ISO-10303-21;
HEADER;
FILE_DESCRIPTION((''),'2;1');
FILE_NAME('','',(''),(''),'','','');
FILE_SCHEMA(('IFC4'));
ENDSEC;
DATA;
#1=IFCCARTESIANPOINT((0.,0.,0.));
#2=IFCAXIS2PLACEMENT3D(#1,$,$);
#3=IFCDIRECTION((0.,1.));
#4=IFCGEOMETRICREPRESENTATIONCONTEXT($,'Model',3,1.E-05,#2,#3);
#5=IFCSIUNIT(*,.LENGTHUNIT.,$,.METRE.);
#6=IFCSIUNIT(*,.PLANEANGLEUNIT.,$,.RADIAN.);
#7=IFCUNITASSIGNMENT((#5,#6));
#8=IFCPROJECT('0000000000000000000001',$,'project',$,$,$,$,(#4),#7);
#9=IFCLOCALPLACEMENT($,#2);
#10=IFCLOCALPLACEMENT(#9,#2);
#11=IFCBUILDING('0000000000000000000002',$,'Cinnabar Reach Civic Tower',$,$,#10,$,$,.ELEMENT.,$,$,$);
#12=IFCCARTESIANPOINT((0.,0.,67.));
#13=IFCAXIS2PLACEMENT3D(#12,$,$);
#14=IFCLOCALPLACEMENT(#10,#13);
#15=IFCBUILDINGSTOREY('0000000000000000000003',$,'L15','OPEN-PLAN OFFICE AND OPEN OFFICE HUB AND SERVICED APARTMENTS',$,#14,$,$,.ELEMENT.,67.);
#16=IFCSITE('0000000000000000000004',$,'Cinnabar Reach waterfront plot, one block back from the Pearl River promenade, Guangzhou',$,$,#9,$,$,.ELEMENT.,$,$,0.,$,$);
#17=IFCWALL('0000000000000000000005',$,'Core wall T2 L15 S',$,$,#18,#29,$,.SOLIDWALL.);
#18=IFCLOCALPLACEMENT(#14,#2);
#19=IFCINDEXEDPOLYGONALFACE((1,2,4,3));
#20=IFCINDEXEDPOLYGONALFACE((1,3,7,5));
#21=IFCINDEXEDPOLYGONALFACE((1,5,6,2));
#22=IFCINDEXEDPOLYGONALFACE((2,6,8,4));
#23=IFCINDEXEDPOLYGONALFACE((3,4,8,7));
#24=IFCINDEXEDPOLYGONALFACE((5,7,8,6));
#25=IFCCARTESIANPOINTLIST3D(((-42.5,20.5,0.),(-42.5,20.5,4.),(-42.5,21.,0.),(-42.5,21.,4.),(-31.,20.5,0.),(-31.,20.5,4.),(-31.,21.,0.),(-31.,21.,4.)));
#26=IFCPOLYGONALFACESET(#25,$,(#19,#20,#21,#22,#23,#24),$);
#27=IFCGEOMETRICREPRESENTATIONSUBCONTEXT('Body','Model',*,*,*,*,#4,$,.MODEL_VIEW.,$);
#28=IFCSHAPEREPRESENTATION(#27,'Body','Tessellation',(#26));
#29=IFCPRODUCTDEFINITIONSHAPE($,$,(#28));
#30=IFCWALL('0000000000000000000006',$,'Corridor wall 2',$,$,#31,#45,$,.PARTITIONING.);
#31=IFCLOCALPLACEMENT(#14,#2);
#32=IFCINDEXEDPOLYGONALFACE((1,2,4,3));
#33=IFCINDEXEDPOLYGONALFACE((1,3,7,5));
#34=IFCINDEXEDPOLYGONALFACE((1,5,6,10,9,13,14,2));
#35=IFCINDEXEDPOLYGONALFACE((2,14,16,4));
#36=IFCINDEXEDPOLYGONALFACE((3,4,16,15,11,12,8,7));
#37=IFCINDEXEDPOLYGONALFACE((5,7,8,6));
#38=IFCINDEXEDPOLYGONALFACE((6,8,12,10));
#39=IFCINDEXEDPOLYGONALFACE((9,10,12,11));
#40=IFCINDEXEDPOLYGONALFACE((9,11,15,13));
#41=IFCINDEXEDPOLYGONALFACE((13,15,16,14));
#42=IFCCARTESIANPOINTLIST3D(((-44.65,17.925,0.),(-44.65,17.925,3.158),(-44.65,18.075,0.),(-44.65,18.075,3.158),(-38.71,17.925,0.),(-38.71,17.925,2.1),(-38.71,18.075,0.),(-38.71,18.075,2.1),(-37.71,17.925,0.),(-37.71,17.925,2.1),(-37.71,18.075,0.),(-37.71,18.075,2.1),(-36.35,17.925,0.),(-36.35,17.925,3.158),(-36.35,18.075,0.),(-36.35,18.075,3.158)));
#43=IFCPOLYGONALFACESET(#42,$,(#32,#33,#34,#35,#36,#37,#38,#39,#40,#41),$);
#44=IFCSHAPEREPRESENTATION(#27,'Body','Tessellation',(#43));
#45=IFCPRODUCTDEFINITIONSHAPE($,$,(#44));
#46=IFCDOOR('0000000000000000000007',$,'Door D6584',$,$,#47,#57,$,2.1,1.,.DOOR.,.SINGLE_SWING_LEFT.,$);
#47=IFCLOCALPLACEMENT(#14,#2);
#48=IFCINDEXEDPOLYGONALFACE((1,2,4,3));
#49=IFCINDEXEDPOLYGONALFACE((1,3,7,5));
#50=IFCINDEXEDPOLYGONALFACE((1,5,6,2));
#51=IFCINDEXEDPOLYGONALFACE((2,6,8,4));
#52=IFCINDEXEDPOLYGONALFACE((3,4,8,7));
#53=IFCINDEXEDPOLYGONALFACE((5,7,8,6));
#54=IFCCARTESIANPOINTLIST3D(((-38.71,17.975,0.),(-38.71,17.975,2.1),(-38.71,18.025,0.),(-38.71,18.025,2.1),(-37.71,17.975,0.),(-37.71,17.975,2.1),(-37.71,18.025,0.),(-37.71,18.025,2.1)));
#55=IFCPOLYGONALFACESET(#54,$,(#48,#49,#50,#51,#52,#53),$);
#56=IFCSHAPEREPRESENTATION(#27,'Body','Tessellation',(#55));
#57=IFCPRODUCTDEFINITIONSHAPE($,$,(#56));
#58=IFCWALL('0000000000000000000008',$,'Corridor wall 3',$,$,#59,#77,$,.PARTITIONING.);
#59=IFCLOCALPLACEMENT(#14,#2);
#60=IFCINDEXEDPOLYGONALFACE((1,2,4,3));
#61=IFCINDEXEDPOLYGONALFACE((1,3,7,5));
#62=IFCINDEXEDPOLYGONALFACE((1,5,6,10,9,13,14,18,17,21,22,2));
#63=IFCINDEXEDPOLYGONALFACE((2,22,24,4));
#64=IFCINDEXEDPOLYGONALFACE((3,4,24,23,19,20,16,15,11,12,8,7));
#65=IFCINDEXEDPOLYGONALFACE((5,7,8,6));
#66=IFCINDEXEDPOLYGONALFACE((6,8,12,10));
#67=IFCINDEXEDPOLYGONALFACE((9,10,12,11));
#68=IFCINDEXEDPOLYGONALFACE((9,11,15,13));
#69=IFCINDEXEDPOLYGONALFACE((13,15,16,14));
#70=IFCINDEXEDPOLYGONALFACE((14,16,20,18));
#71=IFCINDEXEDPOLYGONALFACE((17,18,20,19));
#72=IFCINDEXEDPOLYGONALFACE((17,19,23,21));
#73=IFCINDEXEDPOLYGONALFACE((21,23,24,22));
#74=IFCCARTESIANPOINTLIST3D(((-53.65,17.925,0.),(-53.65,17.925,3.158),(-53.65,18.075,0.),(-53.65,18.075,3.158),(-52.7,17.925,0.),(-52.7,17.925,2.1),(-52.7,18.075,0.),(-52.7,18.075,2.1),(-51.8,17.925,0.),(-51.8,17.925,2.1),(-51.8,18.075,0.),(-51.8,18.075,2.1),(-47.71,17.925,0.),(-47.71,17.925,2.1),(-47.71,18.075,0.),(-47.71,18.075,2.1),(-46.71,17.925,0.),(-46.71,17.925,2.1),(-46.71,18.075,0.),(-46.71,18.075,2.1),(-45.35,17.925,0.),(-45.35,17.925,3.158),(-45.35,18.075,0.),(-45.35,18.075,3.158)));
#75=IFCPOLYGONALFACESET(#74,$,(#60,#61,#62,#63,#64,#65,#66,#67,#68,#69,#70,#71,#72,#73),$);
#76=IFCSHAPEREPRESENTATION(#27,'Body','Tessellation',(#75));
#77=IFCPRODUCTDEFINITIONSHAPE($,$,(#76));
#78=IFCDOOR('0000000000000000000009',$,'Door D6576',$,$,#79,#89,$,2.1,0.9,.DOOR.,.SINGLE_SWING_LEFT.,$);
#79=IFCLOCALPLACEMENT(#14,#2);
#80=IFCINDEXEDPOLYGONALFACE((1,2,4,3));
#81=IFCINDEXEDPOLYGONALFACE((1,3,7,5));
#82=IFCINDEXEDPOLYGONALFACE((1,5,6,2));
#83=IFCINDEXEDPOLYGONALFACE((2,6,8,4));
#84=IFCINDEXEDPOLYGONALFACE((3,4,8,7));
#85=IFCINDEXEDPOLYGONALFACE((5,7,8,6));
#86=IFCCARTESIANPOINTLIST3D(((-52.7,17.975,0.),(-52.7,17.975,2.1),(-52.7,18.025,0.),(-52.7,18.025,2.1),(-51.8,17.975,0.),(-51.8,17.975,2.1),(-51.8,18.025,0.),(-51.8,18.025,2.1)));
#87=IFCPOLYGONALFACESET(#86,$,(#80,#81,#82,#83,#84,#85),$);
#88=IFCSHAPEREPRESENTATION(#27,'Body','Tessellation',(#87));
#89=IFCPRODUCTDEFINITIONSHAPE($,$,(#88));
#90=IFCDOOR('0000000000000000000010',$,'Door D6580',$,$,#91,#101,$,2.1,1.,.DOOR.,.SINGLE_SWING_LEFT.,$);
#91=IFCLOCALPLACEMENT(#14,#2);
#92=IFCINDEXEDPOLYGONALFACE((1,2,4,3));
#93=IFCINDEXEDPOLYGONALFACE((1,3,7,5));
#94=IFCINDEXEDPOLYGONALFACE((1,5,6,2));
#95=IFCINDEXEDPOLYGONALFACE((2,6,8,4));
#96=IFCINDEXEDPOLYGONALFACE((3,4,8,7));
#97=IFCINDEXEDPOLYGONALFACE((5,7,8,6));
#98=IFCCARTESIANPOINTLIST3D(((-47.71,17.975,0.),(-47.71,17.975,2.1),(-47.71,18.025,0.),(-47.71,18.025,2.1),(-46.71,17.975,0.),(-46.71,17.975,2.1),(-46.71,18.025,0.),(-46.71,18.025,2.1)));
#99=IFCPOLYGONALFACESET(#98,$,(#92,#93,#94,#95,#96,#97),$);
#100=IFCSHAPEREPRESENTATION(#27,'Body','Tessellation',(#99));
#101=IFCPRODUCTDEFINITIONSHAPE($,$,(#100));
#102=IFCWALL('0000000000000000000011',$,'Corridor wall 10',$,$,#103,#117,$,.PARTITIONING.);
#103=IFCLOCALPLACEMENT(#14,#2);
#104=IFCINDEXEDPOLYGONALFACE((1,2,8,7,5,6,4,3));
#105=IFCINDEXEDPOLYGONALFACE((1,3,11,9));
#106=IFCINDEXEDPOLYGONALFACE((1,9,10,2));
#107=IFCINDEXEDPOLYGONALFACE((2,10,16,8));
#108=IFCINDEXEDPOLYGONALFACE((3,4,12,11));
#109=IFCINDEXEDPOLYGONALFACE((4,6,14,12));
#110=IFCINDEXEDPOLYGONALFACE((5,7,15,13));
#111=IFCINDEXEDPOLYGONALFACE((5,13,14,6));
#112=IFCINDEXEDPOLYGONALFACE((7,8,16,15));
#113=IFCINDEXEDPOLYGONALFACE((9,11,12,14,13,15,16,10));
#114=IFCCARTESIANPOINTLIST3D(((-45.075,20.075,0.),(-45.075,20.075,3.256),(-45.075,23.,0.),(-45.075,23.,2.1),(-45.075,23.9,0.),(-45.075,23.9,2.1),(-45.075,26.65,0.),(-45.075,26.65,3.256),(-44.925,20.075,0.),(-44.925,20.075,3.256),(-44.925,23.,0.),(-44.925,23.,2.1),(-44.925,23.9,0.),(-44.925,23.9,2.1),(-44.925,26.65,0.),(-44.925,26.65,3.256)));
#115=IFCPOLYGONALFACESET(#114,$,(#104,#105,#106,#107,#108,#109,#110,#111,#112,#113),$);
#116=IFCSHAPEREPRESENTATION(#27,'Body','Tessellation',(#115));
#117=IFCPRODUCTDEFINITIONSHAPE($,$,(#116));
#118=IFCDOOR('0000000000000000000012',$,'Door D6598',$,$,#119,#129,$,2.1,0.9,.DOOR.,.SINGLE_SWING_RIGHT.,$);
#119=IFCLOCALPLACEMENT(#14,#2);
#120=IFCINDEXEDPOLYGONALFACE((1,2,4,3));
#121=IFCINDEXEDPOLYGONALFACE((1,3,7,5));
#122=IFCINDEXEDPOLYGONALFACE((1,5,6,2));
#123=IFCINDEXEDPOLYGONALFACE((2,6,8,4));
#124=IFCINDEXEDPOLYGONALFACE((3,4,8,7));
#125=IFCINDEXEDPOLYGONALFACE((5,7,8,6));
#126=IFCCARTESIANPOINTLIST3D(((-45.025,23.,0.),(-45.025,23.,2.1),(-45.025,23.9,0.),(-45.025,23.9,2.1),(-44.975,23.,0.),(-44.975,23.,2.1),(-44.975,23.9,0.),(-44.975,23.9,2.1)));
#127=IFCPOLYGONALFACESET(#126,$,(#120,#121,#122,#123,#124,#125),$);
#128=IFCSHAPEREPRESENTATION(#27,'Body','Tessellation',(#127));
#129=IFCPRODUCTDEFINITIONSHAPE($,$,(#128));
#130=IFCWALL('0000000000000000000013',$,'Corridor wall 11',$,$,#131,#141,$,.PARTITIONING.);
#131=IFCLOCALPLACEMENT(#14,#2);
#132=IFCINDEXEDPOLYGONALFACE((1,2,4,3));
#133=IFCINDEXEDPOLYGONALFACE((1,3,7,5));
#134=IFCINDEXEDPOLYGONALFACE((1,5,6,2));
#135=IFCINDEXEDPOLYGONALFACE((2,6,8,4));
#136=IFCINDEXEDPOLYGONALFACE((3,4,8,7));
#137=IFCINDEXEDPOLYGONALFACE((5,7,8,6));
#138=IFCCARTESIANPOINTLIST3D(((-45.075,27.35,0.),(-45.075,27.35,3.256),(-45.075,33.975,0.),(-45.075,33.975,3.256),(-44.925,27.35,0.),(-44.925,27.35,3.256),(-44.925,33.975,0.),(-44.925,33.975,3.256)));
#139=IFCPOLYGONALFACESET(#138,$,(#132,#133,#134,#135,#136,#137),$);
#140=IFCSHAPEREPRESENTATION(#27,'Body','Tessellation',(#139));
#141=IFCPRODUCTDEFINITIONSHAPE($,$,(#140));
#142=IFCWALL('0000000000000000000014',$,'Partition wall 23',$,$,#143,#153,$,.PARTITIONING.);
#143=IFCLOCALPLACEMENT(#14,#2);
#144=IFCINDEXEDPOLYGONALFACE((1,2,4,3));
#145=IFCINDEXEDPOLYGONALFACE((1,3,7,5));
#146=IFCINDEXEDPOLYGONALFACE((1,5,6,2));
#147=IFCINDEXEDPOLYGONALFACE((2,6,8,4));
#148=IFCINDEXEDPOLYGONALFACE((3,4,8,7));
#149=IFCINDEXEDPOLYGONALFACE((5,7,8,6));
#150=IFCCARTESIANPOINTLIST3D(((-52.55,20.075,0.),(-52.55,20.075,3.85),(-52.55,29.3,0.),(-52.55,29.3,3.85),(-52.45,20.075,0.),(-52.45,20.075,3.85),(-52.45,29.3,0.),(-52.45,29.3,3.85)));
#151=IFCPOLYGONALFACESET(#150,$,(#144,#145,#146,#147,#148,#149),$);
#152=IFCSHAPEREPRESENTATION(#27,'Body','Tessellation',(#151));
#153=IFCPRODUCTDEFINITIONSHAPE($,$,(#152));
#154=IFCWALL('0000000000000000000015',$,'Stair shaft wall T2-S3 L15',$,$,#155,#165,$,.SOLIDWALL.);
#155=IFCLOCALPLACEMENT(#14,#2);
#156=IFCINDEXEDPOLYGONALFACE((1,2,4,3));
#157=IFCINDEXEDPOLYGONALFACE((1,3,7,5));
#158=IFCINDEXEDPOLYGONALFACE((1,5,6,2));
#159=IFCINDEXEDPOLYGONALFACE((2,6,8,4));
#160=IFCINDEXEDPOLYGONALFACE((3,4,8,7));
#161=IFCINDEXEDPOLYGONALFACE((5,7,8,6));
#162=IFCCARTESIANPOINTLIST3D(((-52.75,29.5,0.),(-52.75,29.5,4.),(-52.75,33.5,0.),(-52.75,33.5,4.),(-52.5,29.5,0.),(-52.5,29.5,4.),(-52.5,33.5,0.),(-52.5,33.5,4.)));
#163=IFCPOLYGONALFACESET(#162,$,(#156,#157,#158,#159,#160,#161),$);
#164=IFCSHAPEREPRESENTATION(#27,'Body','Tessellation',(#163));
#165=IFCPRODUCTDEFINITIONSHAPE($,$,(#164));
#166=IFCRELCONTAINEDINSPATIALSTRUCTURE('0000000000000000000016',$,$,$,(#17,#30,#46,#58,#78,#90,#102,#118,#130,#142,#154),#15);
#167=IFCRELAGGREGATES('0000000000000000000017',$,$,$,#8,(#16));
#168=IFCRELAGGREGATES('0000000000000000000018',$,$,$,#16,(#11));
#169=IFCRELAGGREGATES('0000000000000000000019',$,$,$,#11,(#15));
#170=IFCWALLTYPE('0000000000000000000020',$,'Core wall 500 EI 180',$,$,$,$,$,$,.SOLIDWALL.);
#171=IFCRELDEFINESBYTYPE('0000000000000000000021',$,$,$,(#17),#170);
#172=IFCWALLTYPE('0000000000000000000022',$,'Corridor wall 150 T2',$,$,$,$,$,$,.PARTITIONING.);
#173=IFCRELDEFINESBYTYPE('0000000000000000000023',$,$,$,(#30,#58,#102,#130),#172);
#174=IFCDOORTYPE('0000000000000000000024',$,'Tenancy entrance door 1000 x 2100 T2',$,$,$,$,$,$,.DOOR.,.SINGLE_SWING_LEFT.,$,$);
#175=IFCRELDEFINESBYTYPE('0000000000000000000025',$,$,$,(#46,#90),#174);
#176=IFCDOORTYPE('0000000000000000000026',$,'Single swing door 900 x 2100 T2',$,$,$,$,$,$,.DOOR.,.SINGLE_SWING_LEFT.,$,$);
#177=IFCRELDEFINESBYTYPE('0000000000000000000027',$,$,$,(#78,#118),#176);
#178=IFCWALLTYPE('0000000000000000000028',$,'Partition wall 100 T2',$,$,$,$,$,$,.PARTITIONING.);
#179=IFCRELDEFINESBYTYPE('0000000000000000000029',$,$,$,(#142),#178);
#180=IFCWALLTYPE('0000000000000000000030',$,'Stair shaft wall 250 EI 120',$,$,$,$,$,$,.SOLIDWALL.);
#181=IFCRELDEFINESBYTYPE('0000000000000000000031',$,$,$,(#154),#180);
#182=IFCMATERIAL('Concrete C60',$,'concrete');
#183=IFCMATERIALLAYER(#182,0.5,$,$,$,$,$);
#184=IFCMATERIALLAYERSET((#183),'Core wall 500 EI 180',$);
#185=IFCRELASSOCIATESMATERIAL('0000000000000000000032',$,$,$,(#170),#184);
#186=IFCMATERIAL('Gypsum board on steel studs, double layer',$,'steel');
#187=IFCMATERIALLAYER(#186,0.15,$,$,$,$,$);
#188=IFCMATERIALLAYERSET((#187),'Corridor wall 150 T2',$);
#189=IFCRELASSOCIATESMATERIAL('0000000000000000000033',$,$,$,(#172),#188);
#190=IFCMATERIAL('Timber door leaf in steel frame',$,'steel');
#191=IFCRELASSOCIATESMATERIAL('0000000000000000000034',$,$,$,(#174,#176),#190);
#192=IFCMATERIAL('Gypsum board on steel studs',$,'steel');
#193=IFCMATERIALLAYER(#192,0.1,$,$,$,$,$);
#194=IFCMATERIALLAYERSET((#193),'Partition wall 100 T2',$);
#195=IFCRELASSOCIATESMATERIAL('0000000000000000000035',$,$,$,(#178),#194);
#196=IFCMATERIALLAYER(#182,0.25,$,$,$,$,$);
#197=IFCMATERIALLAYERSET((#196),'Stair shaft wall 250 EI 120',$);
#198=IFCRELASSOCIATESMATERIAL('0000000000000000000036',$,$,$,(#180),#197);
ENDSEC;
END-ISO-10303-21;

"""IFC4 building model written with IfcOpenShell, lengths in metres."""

from ifc_helpers import new_model, si_unit, direction, frame, frame_2d, origin, place, context, subcontext, project, spatial, rectangle, extrude, material, layer, layer_set, type_object, element, fill, save


model = new_model("IFC4")

# Units and contexts
model_context = context("Model", 3, precision=1e-05, world=origin(), true_north=direction((0.0, 1.0)))
body_context = subcontext(model_context, "Body", "Model", "MODEL_VIEW")
ifc_project = project(units=[si_unit("LENGTHUNIT", "METRE"), si_unit("PLANEANGLEUNIT", "RADIAN")], contexts=[model_context])

# Site, building, storey
site_placement = place(None, origin())
site = spatial("IfcSite", under=ifc_project, at=site_placement, Name="Cinnabar Reach waterfront plot, one block back from the Pearl River promenade, Guangzhou", CompositionType="ELEMENT", RefElevation=0.0)
building_placement = place(site_placement, origin())
building = spatial("IfcBuilding", under=site, at=building_placement, Name="Cinnabar Reach Civic Tower", CompositionType="ELEMENT")
storey_placement = place(building_placement, frame((0.0, 0.0, 67.0)))
storey = spatial("IfcBuildingStorey", under=building, at=storey_placement, Name="L15", Description="OPEN-PLAN OFFICE AND OPEN OFFICE HUB AND SERVICED APARTMENTS", CompositionType="ELEMENT", Elevation=67.0)

# Shared definitions
ifc_material_1 = material(Name="Concrete C60", Category="concrete")

# Wall
ifc_layer_1 = layer(ifc_material_1, 0.5)
ifc_layer_set_1 = layer_set([ifc_layer_1], Name="Core wall 500 EI 180")
wall_type_1 = type_object("IfcWallType", Name="Core wall 500 EI 180", PredefinedType="SOLIDWALL", material=ifc_layer_set_1)
wall_1_placement = place(storey_placement, frame((-42.5, 20.75, 0.0), z_axis=(0.0, 0.0, 1.0), x_axis=(1.0, 0.0, 0.0)))
element("IfcWall", 1, at=wall_1_placement, inside=storey, type_object=wall_type_1, Name="Core wall T2 L15 S", PredefinedType="SOLIDWALL", context=body_context, shape_type="SweptSolid", body=[
    extrude(rectangle(XDim=11.5, YDim=0.5, at=frame_2d((5.75, 0.0))), origin(), (0.0, 0.0, 1.0), 4.0),
])

# Wall, opening, door
ifc_material_2 = material(Name="Gypsum board on steel studs, double layer", Category="steel")
ifc_layer_2 = layer(ifc_material_2, 0.15)
ifc_layer_set_2 = layer_set([ifc_layer_2], Name="Corridor wall 150 T2")
wall_type_2 = type_object("IfcWallType", Name="Corridor wall 150 T2", PredefinedType="PARTITIONING", material=ifc_layer_set_2)
wall_2_placement = place(storey_placement, frame((-44.65, 18.0, 0.0), z_axis=(0.0, 0.0, 1.0), x_axis=(1.0, 0.0, 0.0)))
wall_2 = element("IfcWall", 2, at=wall_2_placement, inside=storey, type_object=wall_type_2, Name="Corridor wall 2", PredefinedType="PARTITIONING", context=body_context, shape_type="SweptSolid", body=[
    extrude(rectangle(XDim=8.3, YDim=0.15, at=frame_2d((4.15, 0.0))), origin(), (0.0, 0.0, 1.0), 3.158),
])
opening_1_placement = place(wall_2_placement, frame((5.94, 0.0, 0.0)))
opening_1 = element("IfcOpeningElement", 3, at=opening_1_placement, cuts=wall_2, PredefinedType="OPENING", context=body_context, shape_type="SweptSolid", body=[
    extrude(rectangle(XDim=1.0, YDim=2.1, at=frame_2d((0.5, 1.05))), frame((0.0, 0.085, 0.0), z_axis=(0.0, -1.0, 0.0), x_axis=(1.0, 0.0, 0.0)), (0.0, 0.0, 1.0), 0.17),
])
ifc_material_3 = material(Name="Timber door leaf in steel frame", Category="steel")
door_type_1 = type_object("IfcDoorType", Name="Tenancy entrance door 1000 x 2100 T2", OperationType="SINGLE_SWING_LEFT", PredefinedType="DOOR", material=ifc_material_3)
door_1_placement = place(opening_1_placement, frame((1.0, 0.0, 0.0), z_axis=(0.0, 0.0, 1.0), x_axis=(-1.0, 0.0, 0.0)))
door_1 = element("IfcDoor", 4, at=door_1_placement, inside=storey, type_object=door_type_1, Name="Door D6584", OperationType="SINGLE_SWING_LEFT", OverallHeight=2.1, OverallWidth=1.0, PredefinedType="DOOR", context=body_context, shape_type="SweptSolid", body=[
    extrude(rectangle(XDim=1.0, YDim=2.1, at=frame_2d((0.5, 1.05))), frame((0.0, 0.025, 0.0), z_axis=(0.0, -1.0, 0.0), x_axis=(1.0, 0.0, 0.0)), (0.0, 0.0, 1.0), 0.05),
])
fill(opening_1, door_1)

# Wall, openings, doors
wall_3_placement = place(storey_placement, frame((-53.65, 18.0, 0.0), z_axis=(0.0, 0.0, 1.0), x_axis=(1.0, 0.0, 0.0)))
wall_3 = element("IfcWall", 5, at=wall_3_placement, inside=storey, type_object=wall_type_2, Name="Corridor wall 3", PredefinedType="PARTITIONING", context=body_context, shape_type="SweptSolid", body=[
    extrude(rectangle(XDim=8.3, YDim=0.15, at=frame_2d((4.15, 0.0))), origin(), (0.0, 0.0, 1.0), 3.158),
])
opening_2_placement = place(wall_3_placement, frame((0.95, 0.0, 0.0)))
opening_2 = element("IfcOpeningElement", 6, at=opening_2_placement, cuts=wall_3, PredefinedType="OPENING", context=body_context, shape_type="SweptSolid", body=[
    extrude(rectangle(XDim=0.9, YDim=2.1, at=frame_2d((0.45, 1.05))), frame((0.0, 0.085, 0.0), z_axis=(0.0, -1.0, 0.0), x_axis=(1.0, 0.0, 0.0)), (0.0, 0.0, 1.0), 0.17),
])
opening_3_placement = place(wall_3_placement, frame((5.94, 0.0, 0.0)))
opening_3 = element("IfcOpeningElement", 7, at=opening_3_placement, cuts=wall_3, PredefinedType="OPENING", context=body_context, shape_type="SweptSolid", body=[
    extrude(rectangle(XDim=1.0, YDim=2.1, at=frame_2d((0.5, 1.05))), frame((0.0, 0.085, 0.0), z_axis=(0.0, -1.0, 0.0), x_axis=(1.0, 0.0, 0.0)), (0.0, 0.0, 1.0), 0.17),
])
door_type_2 = type_object("IfcDoorType", Name="Single swing door 900 x 2100 T2", OperationType="SINGLE_SWING_LEFT", PredefinedType="DOOR", material=ifc_material_3)
door_2_placement = place(opening_2_placement, frame((0.9, 0.0, 0.0), z_axis=(0.0, 0.0, 1.0), x_axis=(-1.0, 0.0, 0.0)))
door_2 = element("IfcDoor", 8, at=door_2_placement, inside=storey, type_object=door_type_2, Name="Door D6576", OperationType="SINGLE_SWING_LEFT", OverallHeight=2.1, OverallWidth=0.9, PredefinedType="DOOR", context=body_context, shape_type="SweptSolid", body=[
    extrude(rectangle(XDim=0.9, YDim=2.1, at=frame_2d((0.45, 1.05))), frame((0.0, 0.025, 0.0), z_axis=(0.0, -1.0, 0.0), x_axis=(1.0, 0.0, 0.0)), (0.0, 0.0, 1.0), 0.05),
])
fill(opening_2, door_2)
door_3_placement = place(opening_3_placement, frame((1.0, 0.0, 0.0), z_axis=(0.0, 0.0, 1.0), x_axis=(-1.0, 0.0, 0.0)))
door_3 = element("IfcDoor", 9, at=door_3_placement, inside=storey, type_object=door_type_1, Name="Door D6580", OperationType="SINGLE_SWING_LEFT", OverallHeight=2.1, OverallWidth=1.0, PredefinedType="DOOR", context=body_context, shape_type="SweptSolid", body=[
    extrude(rectangle(XDim=1.0, YDim=2.1, at=frame_2d((0.5, 1.05))), frame((0.0, 0.025, 0.0), z_axis=(0.0, -1.0, 0.0), x_axis=(1.0, 0.0, 0.0)), (0.0, 0.0, 1.0), 0.05),
])
fill(opening_3, door_3)

# Wall, opening, door
wall_4_placement = place(storey_placement, frame((-45.0, 20.075, 0.0), z_axis=(0.0, 0.0, 1.0), x_axis=(0.0, 1.0, 0.0)))
wall_4 = element("IfcWall", 10, at=wall_4_placement, inside=storey, type_object=wall_type_2, Name="Corridor wall 10", PredefinedType="PARTITIONING", context=body_context, shape_type="SweptSolid", body=[
    extrude(rectangle(XDim=6.575, YDim=0.15, at=frame_2d((3.2875, 0.0))), origin(), (0.0, 0.0, 1.0), 3.256),
])
opening_4_placement = place(wall_4_placement, frame((2.925, 0.0, 0.0)))
opening_4 = element("IfcOpeningElement", 11, at=opening_4_placement, cuts=wall_4, PredefinedType="OPENING", context=body_context, shape_type="SweptSolid", body=[
    extrude(rectangle(XDim=0.9, YDim=2.1, at=frame_2d((0.45, 1.05))), frame((0.0, 0.085, 0.0), z_axis=(0.0, -1.0, 0.0), x_axis=(1.0, 0.0, 0.0)), (0.0, 0.0, 1.0), 0.17),
])
door_4_placement = place(opening_4_placement, origin())
door_4 = element("IfcDoor", 12, at=door_4_placement, inside=storey, type_object=door_type_2, Name="Door D6598", OperationType="SINGLE_SWING_RIGHT", OverallHeight=2.1, OverallWidth=0.9, PredefinedType="DOOR", context=body_context, shape_type="SweptSolid", body=[
    extrude(rectangle(XDim=0.9, YDim=2.1, at=frame_2d((0.45, 1.05))), frame((0.0, 0.025, 0.0), z_axis=(0.0, -1.0, 0.0), x_axis=(1.0, 0.0, 0.0)), (0.0, 0.0, 1.0), 0.05),
])
fill(opening_4, door_4)

# Walls
wall_5_placement = place(storey_placement, frame((-45.0, 27.35, 0.0), z_axis=(0.0, 0.0, 1.0), x_axis=(0.0, 1.0, 0.0)))
element("IfcWall", 13, at=wall_5_placement, inside=storey, type_object=wall_type_2, Name="Corridor wall 11", PredefinedType="PARTITIONING", context=body_context, shape_type="SweptSolid", body=[
    extrude(rectangle(XDim=6.625, YDim=0.15, at=frame_2d((3.3125, 0.0))), origin(), (0.0, 0.0, 1.0), 3.256),
])
ifc_material_4 = material(Name="Gypsum board on steel studs", Category="steel")
ifc_layer_3 = layer(ifc_material_4, 0.1)
ifc_layer_set_3 = layer_set([ifc_layer_3], Name="Partition wall 100 T2")
wall_type_3 = type_object("IfcWallType", Name="Partition wall 100 T2", PredefinedType="PARTITIONING", material=ifc_layer_set_3)
wall_6_placement = place(storey_placement, frame((-52.5, 20.075, 0.0), z_axis=(0.0, 0.0, 1.0), x_axis=(0.0, 1.0, 0.0)))
element("IfcWall", 14, at=wall_6_placement, inside=storey, type_object=wall_type_3, Name="Partition wall 23", PredefinedType="PARTITIONING", context=body_context, shape_type="SweptSolid", body=[
    extrude(rectangle(XDim=9.225, YDim=0.1, at=frame_2d((4.6125, 0.0))), origin(), (0.0, 0.0, 1.0), 3.85),
])
ifc_layer_4 = layer(ifc_material_1, 0.25)
ifc_layer_set_4 = layer_set([ifc_layer_4], Name="Stair shaft wall 250 EI 120")
wall_type_4 = type_object("IfcWallType", Name="Stair shaft wall 250 EI 120", PredefinedType="SOLIDWALL", material=ifc_layer_set_4)
wall_7_placement = place(storey_placement, frame((-52.625, 29.5, 0.0), z_axis=(0.0, 0.0, 1.0), x_axis=(0.0, 1.0, 0.0)))
element("IfcWall", 15, at=wall_7_placement, inside=storey, type_object=wall_type_4, Name="Stair shaft wall T2-S3 L15", PredefinedType="SOLIDWALL", context=body_context, shape_type="SweptSolid", body=[
    extrude(rectangle(XDim=4.0, YDim=0.25, at=frame_2d((2.0, 0.0))), origin(), (0.0, 0.0, 1.0), 4.0),
])

save(model, "model.ifc")
